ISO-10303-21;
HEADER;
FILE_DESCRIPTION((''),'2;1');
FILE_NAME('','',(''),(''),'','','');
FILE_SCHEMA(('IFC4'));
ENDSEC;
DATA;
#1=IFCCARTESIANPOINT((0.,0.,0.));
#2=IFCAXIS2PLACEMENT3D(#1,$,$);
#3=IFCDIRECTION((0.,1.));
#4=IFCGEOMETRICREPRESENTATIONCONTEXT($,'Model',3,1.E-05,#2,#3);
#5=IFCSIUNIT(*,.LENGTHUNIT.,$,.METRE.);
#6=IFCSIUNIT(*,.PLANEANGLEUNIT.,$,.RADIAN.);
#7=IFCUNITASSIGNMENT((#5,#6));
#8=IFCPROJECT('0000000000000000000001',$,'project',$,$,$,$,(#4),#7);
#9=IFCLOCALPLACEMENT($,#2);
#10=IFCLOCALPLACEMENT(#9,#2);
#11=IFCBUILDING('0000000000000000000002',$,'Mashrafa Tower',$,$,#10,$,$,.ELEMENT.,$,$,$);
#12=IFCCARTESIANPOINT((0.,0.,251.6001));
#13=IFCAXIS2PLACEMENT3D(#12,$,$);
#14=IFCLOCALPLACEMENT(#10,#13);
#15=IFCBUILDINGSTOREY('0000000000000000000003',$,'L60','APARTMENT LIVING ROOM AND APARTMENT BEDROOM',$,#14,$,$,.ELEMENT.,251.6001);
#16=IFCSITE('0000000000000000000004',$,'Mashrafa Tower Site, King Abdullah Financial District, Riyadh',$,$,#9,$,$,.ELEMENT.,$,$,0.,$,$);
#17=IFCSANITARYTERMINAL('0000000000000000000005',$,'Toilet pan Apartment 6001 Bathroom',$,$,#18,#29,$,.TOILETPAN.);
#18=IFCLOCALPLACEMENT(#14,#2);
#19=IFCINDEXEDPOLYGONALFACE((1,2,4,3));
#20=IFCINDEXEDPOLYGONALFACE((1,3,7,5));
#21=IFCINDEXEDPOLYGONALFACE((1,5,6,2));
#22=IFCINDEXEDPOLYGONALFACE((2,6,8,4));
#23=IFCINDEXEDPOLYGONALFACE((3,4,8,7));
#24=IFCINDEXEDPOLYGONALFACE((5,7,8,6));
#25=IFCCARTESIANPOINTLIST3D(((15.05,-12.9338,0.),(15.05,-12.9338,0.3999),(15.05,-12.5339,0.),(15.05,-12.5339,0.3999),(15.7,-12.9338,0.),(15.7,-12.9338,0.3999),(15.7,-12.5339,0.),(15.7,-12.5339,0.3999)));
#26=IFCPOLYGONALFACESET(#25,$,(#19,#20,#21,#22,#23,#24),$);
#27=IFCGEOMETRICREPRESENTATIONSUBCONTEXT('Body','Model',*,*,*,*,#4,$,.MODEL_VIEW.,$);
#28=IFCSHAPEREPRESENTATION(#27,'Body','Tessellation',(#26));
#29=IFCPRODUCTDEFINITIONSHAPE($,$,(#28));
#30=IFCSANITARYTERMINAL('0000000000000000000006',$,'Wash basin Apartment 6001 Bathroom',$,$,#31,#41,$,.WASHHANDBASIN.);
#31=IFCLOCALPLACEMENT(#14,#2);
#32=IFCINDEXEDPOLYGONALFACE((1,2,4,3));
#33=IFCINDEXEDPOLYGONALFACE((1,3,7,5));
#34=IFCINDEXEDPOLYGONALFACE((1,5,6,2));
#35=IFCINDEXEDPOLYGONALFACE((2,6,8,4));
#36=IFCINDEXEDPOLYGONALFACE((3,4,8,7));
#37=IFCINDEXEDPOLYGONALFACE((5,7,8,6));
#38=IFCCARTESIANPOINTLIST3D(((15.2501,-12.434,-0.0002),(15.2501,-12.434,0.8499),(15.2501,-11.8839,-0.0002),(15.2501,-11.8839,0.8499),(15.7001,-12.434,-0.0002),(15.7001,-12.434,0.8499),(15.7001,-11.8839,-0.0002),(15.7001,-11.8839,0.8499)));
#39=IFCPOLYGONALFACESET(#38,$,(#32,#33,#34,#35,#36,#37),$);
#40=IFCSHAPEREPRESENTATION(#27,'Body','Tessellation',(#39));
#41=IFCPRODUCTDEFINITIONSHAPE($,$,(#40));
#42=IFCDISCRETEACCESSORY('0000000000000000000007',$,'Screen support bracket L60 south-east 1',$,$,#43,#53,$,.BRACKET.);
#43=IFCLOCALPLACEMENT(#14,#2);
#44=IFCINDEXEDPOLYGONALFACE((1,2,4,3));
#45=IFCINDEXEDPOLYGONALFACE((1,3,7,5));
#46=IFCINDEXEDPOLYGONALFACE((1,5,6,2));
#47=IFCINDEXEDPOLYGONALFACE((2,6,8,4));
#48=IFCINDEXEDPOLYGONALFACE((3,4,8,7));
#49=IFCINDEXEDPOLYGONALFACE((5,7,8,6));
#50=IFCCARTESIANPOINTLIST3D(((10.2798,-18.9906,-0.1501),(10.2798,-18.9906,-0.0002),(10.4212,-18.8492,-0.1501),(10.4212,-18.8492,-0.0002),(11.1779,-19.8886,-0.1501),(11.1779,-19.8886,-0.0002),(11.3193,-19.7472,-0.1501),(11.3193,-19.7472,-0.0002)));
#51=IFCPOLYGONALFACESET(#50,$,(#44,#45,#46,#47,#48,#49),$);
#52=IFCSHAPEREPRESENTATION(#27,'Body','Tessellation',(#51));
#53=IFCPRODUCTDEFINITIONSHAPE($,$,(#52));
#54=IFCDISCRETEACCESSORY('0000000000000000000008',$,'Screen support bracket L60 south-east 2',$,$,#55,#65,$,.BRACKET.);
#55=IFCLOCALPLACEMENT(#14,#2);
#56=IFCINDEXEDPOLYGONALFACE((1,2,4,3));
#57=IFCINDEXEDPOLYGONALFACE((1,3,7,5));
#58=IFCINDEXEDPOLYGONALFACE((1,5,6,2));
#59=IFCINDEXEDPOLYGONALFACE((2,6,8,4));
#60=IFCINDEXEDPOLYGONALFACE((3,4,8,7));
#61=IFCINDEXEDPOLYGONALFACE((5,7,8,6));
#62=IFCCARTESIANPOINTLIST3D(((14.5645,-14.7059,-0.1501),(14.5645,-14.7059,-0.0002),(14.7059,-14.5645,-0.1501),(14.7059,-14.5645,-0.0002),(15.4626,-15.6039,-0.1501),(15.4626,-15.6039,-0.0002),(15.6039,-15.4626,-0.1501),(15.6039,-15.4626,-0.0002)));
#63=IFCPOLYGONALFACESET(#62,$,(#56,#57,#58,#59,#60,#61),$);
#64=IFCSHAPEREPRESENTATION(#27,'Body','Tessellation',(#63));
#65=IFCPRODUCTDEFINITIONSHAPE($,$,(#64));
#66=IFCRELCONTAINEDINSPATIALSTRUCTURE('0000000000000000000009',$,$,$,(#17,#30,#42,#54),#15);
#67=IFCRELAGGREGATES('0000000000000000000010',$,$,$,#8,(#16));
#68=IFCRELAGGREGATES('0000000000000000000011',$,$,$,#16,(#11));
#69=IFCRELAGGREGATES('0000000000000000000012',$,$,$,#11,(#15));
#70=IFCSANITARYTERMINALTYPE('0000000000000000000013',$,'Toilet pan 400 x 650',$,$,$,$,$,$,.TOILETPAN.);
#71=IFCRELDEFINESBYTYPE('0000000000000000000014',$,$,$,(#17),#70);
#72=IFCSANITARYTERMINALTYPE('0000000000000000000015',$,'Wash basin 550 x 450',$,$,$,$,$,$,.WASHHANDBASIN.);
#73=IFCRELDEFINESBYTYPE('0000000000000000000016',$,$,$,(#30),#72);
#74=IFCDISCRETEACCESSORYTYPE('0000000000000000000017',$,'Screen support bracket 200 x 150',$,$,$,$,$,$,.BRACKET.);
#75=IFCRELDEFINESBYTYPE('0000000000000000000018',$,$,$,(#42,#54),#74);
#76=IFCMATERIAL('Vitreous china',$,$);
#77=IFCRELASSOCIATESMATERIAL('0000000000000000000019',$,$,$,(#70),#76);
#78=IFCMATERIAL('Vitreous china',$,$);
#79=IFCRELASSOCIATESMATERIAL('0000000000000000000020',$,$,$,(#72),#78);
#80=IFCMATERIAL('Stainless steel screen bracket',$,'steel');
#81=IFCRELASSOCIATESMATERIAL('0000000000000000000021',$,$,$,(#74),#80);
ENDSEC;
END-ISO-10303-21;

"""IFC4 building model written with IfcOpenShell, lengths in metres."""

from ifc_helpers import new_model, si_unit, direction, frame, origin, origin_2d, place, context, subcontext, project, spatial, rectangle, extrude, source, transform, mapped, material, type_object, type_shapes, element, save


model = new_model("IFC4")

# Units and contexts
model_context = context("Model", 3, precision=1e-05, world=origin(), true_north=direction((0.0, 1.0)))
body_context = subcontext(model_context, "Body", "Model", "MODEL_VIEW")
ifc_project = project(units=[si_unit("LENGTHUNIT", "METRE"), si_unit("PLANEANGLEUNIT", "RADIAN")], contexts=[model_context])

# Site, building, storey
site_placement = place(None, origin())
site = spatial("IfcSite", under=ifc_project, at=site_placement, Name="Mashrafa Tower Site, King Abdullah Financial District, Riyadh", CompositionType="ELEMENT", RefElevation=0.0)
building_placement = place(site_placement, origin())
building = spatial("IfcBuilding", under=site, at=building_placement, Name="Mashrafa Tower", CompositionType="ELEMENT")
storey_placement = place(building_placement, frame((0.0, 0.0, 251.6001)))
storey = spatial("IfcBuildingStorey", under=building, at=storey_placement, Name="L60", Description="APARTMENT LIVING ROOM AND APARTMENT BEDROOM", CompositionType="ELEMENT", Elevation=251.6001)

# Sanitary terminals
ifc_material_1 = material(Name="Vitreous china")
sanitary_terminal_type_1 = type_object("IfcSanitaryTerminalType", Name="Toilet pan 400 x 650", PredefinedType="TOILETPAN", material=ifc_material_1)
sanitary_terminal_1_placement = place(storey_placement, frame((15.375, -12.7339, 0.0), z_axis=(0.0, 0.0, 1.0), x_axis=(0.0, 1.0, 0.0)))
element("IfcSanitaryTerminal", 1, at=sanitary_terminal_1_placement, inside=storey, type_object=sanitary_terminal_type_1, Name="Toilet pan Apartment 6001 Bathroom", PredefinedType="TOILETPAN", context=body_context, shape_type="SweptSolid", body=[
    extrude(rectangle(XDim=0.3999, YDim=0.6499, at=origin_2d()), origin(), (0.0, 0.0, 1.0), 0.3999),
])
ifc_material_2 = material(Name="Vitreous china")
sanitary_terminal_type_2 = type_object("IfcSanitaryTerminalType", Name="Wash basin 550 x 450", PredefinedType="WASHHANDBASIN", material=ifc_material_2)
sanitary_terminal_2_placement = place(storey_placement, frame((15.4751, -12.1589, -0.0002), z_axis=(0.0, 0.0, 1.0), x_axis=(0.0, 1.0, 0.0)))
element("IfcSanitaryTerminal", 2, at=sanitary_terminal_2_placement, inside=storey, type_object=sanitary_terminal_type_2, Name="Wash basin Apartment 6001 Bathroom", PredefinedType="WASHHANDBASIN", context=body_context, shape_type="SweptSolid", body=[
    extrude(rectangle(XDim=0.55, YDim=0.45, at=origin_2d()), origin(), (0.0, 0.0, 1.0), 0.8501),
])

# Discrete accessories
ifc_material_3 = material(Name="Stainless steel screen bracket", Category="steel")
discrete_accessory_type = type_object("IfcDiscreteAccessoryType", Name="Screen support bracket 200 x 150", PredefinedType="BRACKET", material=ifc_material_3)
shared_shape_1 = source(origin(), body_context, "Body", "SweptSolid", [
    extrude(rectangle(XDim=0.2, YDim=1.27, at=origin_2d()), origin(), (0.0, 0.0, 1.0), 0.1499),
])
type_shapes(discrete_accessory_type, [shared_shape_1])
for number, where, z_axis, x_axis, name in (
    (3, (10.7996, -19.3689, -0.1501), (0.0, 0.0, 1.0), (0.707107, 0.707107, 0.0), "Screen support bracket L60 south-east 1"),
    (4, (15.0842, -15.0842, -0.1501), (0.0, 0.0, 1.0), (0.707107, 0.707107, 0.0), "Screen support bracket L60 south-east 2"),
):
    element("IfcDiscreteAccessory", number, at=place(storey_placement, frame(where, z_axis=z_axis, x_axis=x_axis)), inside=storey, type_object=discrete_accessory_type, Name=name, PredefinedType="BRACKET", context=body_context, shape_type="MappedRepresentation", body=[
        mapped(shared_shape_1, transform((0.0, 0.0, 0.0))),
    ])

save(model, "model.ifc")
